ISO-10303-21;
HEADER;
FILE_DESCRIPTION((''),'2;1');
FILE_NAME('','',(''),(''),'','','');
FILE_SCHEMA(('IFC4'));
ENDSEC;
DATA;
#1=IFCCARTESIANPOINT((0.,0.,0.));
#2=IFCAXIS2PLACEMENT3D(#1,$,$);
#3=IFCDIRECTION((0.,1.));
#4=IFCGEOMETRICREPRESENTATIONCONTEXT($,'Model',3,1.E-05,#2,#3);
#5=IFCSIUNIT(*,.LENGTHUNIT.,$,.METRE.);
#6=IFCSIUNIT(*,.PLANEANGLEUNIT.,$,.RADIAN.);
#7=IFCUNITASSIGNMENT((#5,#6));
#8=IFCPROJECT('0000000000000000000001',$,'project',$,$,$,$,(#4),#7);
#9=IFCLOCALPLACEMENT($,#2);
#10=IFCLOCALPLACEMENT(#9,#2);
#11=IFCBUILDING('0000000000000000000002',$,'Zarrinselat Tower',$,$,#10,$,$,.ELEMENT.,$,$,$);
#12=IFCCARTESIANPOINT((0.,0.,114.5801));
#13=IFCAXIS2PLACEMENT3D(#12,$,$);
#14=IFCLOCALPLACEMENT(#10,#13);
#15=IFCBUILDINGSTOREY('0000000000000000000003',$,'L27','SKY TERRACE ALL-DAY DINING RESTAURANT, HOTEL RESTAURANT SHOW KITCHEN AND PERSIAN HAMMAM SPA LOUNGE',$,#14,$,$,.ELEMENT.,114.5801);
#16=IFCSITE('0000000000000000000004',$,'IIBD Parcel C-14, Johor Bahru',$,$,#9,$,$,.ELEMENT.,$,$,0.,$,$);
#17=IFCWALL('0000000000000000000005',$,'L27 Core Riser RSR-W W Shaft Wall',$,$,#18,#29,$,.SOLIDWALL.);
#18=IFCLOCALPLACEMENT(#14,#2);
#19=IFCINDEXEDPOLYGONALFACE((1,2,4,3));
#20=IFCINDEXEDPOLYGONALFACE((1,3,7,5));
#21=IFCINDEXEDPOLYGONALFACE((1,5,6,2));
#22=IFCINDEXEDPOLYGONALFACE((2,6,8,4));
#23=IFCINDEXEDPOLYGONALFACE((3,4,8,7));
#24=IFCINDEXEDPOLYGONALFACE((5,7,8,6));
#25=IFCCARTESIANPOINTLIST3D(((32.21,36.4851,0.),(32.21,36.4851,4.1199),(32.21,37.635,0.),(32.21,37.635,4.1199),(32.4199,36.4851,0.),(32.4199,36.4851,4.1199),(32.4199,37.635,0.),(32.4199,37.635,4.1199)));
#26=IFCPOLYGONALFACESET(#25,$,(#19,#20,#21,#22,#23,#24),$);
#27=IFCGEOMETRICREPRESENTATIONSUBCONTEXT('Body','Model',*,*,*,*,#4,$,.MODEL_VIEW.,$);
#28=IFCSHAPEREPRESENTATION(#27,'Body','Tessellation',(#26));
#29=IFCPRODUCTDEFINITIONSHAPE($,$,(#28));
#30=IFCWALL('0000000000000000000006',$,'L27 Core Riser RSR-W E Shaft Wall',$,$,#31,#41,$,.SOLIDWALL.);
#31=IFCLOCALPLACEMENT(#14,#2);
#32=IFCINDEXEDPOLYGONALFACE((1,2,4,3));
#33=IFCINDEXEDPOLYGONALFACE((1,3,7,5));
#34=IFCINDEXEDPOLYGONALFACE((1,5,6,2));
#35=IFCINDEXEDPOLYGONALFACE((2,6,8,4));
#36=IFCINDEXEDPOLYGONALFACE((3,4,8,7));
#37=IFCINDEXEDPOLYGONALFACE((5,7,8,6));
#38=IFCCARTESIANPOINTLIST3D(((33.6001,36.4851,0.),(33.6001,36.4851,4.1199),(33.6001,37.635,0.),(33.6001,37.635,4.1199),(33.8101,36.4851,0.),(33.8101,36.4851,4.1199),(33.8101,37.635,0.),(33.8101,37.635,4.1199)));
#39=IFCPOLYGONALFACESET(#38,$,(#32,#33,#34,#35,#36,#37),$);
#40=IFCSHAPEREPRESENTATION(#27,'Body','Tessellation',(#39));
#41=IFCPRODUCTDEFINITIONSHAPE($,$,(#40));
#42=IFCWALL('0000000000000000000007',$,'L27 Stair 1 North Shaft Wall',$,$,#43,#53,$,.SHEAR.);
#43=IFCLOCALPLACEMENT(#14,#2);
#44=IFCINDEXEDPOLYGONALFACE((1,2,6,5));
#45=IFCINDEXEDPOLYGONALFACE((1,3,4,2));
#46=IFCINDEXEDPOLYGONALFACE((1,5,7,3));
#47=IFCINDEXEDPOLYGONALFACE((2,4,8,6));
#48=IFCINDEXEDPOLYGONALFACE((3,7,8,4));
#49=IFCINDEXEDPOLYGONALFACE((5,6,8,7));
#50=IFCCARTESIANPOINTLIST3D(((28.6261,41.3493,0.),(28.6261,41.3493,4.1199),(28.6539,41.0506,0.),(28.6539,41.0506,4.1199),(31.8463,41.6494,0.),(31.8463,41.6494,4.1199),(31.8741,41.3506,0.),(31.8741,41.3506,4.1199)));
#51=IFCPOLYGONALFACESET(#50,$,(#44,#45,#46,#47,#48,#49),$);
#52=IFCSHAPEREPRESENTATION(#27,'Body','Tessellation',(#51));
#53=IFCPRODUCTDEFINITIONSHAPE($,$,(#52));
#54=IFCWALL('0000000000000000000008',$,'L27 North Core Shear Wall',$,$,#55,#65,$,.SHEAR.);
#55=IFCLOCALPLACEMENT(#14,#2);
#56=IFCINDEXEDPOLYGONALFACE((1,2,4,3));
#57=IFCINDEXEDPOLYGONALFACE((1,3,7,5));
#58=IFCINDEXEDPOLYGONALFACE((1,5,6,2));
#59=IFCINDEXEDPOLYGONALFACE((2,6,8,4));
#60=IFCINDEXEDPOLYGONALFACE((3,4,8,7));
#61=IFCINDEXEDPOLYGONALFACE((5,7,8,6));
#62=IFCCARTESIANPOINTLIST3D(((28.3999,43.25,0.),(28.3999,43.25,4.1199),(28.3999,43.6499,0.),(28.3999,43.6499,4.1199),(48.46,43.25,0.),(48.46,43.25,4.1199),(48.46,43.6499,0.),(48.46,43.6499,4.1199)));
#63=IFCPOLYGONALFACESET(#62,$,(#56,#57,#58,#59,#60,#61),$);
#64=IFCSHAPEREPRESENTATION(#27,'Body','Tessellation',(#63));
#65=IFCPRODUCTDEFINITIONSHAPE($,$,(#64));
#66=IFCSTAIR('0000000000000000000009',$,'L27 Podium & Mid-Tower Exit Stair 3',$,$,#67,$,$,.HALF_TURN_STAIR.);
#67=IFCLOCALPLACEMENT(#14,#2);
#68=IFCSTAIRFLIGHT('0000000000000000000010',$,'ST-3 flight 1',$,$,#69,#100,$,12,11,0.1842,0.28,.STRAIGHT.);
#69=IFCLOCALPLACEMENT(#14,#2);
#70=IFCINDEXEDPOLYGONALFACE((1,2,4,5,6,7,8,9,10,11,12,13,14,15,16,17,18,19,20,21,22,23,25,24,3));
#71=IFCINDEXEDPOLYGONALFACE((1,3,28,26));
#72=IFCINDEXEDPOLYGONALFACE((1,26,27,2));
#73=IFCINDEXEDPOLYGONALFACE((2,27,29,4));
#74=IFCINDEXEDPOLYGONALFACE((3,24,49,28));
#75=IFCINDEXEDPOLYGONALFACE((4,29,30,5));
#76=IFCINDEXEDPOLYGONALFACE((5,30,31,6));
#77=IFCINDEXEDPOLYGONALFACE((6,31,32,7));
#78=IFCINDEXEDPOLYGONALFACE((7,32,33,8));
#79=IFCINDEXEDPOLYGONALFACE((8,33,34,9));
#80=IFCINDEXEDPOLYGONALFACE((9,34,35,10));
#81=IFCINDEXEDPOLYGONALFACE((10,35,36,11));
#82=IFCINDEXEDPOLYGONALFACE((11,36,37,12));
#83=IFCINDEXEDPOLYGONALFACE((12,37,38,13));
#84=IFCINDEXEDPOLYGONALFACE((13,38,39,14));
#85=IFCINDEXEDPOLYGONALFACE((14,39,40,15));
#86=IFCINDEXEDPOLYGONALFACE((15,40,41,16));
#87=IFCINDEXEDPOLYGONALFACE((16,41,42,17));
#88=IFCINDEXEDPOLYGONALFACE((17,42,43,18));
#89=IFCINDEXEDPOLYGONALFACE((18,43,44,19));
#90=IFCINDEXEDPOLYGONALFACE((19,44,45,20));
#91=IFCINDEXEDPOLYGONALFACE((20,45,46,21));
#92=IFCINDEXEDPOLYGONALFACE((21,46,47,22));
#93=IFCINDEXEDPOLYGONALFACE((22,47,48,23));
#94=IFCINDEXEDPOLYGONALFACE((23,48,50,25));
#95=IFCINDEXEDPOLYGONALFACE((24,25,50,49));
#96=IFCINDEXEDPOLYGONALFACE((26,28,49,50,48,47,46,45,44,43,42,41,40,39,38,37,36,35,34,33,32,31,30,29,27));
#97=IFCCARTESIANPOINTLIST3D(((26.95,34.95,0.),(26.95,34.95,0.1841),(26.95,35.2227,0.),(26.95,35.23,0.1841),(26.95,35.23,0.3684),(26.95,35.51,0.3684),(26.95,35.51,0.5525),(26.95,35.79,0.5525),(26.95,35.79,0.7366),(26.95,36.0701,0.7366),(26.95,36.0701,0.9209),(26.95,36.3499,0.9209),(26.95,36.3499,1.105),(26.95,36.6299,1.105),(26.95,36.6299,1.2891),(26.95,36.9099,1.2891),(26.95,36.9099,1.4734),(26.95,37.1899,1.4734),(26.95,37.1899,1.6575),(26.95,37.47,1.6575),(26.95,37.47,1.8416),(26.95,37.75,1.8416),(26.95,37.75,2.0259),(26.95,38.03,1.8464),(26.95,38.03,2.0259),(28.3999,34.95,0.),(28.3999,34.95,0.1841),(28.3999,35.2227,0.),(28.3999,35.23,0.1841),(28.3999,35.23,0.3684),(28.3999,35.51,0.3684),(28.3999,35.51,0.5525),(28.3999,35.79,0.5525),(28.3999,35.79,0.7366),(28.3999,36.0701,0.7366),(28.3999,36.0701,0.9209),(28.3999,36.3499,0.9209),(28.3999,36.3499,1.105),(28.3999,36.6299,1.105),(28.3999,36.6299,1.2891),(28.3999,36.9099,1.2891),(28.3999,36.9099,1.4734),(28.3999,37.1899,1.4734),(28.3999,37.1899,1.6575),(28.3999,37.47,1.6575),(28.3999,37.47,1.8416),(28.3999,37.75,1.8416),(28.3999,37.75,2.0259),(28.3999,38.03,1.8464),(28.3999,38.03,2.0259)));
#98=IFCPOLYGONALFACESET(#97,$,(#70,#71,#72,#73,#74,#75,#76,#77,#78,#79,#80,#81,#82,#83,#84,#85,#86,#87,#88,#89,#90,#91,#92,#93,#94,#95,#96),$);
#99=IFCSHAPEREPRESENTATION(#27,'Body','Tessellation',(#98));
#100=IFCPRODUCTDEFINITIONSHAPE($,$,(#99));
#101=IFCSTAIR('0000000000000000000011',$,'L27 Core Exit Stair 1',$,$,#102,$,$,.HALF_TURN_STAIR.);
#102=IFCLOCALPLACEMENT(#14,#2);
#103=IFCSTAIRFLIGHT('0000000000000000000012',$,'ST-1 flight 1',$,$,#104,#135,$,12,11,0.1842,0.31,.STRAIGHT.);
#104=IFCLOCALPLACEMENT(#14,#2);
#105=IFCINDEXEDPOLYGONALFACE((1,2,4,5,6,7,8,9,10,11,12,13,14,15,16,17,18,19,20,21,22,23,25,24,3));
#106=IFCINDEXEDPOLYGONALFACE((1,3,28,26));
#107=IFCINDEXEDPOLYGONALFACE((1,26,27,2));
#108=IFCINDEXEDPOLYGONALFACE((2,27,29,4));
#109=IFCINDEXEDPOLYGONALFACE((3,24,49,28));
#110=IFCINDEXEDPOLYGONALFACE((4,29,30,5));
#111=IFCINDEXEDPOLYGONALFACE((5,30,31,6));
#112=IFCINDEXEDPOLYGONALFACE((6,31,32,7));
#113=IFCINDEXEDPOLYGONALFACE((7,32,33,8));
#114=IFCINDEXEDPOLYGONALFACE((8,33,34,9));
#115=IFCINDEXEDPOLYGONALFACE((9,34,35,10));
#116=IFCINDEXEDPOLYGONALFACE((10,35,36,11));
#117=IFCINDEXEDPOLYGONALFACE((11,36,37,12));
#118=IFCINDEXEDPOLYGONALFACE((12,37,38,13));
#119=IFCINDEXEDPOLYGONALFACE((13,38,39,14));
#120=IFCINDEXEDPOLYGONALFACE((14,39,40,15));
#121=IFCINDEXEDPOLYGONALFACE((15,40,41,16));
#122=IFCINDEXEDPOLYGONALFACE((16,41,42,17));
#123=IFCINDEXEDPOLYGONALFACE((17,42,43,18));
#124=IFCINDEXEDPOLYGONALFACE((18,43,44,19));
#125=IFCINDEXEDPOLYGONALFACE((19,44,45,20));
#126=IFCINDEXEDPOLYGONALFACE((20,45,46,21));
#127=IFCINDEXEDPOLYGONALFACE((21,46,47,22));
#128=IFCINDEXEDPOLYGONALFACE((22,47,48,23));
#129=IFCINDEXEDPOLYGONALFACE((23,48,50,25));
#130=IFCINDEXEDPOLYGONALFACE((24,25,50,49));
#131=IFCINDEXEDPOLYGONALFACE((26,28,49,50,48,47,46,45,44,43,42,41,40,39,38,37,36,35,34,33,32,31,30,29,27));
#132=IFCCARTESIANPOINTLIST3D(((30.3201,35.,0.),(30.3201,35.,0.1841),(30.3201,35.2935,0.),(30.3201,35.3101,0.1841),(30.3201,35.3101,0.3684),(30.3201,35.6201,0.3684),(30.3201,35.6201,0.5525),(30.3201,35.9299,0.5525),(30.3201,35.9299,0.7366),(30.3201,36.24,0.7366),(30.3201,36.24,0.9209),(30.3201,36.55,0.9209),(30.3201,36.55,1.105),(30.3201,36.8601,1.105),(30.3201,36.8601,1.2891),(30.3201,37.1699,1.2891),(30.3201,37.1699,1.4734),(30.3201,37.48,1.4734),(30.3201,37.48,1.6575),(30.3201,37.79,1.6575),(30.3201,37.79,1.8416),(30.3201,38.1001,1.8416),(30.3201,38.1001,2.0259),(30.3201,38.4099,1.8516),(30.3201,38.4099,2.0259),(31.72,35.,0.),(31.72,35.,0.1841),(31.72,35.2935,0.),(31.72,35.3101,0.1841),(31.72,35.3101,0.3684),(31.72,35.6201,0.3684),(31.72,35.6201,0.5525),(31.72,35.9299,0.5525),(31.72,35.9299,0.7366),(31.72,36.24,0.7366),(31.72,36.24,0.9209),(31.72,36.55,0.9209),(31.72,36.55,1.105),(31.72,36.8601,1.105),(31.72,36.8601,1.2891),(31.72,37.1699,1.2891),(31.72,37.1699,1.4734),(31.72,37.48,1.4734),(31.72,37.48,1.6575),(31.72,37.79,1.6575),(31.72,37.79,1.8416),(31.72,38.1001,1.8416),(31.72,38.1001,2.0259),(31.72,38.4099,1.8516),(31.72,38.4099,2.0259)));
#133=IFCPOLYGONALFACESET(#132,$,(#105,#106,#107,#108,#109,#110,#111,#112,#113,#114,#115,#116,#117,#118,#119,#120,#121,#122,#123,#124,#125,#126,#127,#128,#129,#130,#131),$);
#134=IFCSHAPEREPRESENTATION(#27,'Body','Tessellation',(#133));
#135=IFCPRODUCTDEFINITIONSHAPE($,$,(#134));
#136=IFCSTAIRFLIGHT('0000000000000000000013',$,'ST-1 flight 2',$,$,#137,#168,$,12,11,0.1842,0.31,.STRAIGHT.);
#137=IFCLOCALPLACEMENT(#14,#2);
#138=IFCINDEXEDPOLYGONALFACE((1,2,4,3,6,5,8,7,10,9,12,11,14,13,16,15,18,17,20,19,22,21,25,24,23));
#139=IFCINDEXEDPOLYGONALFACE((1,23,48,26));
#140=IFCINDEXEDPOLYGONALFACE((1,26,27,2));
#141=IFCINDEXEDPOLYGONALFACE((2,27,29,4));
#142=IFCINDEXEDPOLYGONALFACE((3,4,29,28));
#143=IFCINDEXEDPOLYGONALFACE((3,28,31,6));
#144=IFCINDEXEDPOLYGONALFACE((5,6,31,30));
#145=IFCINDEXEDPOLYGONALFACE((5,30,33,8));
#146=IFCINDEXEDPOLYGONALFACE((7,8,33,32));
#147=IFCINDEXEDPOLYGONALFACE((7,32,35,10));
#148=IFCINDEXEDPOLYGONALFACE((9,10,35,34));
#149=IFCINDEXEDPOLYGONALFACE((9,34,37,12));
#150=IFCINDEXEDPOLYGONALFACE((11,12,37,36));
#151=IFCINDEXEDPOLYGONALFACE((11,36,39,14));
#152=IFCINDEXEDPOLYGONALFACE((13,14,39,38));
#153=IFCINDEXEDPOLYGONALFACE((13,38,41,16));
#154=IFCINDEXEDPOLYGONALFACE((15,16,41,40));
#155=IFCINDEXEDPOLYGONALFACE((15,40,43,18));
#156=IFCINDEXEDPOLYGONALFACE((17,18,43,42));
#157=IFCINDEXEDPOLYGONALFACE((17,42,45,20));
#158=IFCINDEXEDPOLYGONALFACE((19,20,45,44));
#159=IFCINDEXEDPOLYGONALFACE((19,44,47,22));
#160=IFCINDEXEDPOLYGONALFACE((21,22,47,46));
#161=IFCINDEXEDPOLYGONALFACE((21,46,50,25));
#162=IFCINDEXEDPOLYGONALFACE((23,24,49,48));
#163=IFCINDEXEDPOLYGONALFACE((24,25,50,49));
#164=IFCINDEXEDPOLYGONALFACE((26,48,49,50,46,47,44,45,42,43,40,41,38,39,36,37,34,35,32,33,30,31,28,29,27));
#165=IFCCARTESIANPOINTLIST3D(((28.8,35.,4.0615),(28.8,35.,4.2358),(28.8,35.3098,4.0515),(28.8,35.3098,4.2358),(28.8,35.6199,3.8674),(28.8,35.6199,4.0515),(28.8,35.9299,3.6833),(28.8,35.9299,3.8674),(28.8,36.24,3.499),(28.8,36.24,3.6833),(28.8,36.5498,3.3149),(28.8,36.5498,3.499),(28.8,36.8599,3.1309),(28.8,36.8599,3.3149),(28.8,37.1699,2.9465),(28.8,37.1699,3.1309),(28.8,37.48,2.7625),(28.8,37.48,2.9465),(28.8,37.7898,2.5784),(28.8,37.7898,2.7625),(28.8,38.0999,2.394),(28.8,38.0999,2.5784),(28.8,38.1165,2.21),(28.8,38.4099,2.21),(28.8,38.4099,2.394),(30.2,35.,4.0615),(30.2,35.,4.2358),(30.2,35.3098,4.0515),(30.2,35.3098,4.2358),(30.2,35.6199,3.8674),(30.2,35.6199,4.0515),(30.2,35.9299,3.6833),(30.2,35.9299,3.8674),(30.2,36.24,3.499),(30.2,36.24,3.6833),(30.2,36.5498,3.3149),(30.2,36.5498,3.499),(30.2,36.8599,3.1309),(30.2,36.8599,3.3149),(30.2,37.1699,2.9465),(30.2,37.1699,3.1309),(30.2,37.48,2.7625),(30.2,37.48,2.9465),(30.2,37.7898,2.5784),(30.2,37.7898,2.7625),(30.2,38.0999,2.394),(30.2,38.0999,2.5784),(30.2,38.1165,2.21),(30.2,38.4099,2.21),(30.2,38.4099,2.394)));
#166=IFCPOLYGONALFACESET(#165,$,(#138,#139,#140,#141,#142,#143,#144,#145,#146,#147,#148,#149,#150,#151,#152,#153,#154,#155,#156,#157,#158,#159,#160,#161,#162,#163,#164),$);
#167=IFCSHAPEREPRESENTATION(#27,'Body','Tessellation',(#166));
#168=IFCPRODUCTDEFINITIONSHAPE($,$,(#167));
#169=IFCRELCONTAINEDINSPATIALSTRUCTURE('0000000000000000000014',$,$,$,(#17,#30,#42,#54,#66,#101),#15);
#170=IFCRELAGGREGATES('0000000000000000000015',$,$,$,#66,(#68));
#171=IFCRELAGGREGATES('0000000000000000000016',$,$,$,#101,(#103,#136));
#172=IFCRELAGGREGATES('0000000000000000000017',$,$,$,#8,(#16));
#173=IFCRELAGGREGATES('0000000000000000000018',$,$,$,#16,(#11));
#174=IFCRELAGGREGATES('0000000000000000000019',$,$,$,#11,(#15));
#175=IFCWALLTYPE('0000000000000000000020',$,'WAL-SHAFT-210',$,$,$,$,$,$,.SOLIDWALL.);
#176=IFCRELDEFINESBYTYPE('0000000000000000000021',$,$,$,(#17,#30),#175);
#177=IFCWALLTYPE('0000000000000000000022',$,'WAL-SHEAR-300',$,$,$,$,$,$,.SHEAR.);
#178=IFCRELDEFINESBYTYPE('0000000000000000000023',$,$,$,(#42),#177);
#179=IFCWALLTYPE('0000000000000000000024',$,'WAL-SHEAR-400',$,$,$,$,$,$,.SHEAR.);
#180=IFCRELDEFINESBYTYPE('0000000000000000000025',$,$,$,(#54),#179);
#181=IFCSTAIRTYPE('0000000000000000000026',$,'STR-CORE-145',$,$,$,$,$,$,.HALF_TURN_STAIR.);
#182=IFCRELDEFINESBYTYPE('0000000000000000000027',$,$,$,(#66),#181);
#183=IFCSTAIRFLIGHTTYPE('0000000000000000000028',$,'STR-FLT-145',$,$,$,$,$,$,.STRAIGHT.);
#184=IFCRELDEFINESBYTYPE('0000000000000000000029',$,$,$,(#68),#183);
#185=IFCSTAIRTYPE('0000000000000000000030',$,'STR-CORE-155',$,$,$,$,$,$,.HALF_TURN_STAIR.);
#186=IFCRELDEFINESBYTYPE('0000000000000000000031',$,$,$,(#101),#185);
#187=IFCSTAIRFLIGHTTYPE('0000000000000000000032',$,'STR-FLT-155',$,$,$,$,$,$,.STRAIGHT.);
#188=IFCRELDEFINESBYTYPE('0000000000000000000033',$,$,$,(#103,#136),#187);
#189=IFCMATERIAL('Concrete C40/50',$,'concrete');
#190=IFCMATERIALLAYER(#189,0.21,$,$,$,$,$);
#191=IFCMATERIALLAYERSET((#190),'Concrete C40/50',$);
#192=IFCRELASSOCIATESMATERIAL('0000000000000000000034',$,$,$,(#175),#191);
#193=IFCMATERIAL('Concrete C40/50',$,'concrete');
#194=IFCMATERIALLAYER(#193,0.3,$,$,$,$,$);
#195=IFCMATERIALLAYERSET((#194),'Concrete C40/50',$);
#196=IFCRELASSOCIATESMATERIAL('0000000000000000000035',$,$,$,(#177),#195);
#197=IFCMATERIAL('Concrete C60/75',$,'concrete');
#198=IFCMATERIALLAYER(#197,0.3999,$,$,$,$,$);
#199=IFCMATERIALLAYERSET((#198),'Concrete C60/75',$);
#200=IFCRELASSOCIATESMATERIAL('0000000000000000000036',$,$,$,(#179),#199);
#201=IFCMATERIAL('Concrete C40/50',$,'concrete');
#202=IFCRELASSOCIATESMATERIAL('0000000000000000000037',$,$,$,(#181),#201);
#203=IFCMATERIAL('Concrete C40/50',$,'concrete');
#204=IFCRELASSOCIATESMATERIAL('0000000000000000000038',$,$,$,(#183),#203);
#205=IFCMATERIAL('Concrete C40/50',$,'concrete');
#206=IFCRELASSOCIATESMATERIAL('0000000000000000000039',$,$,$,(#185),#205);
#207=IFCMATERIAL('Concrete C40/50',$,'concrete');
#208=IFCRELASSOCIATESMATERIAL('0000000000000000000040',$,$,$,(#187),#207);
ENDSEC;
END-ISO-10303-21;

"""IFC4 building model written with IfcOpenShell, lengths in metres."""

from ifc_helpers import new_model, si_unit, direction, frame, frame_2d, origin, place, context, subcontext, project, spatial, polyline, rectangle, outline, extrude, material, layer, layer_set, type_object, element, aggregate, save


model = new_model("IFC4")

# Units and contexts
model_context = context("Model", 3, precision=1e-05, world=origin(), true_north=direction((0.0, 1.0)))
body_context = subcontext(model_context, "Body", "Model", "MODEL_VIEW")
ifc_project = project(units=[si_unit("LENGTHUNIT", "METRE"), si_unit("PLANEANGLEUNIT", "RADIAN")], contexts=[model_context])

# Site, building, storey
site_placement = place(None, origin())
site = spatial("IfcSite", under=ifc_project, at=site_placement, Name="IIBD Parcel C-14, Johor Bahru", CompositionType="ELEMENT", RefElevation=0.0)
building_placement = place(site_placement, origin())
building = spatial("IfcBuilding", under=site, at=building_placement, Name="Zarrinselat Tower", CompositionType="ELEMENT")
storey_placement = place(building_placement, frame((0.0, 0.0, 114.5801)))
storey = spatial("IfcBuildingStorey", under=building, at=storey_placement, Name="L27", Description="SKY TERRACE ALL-DAY DINING RESTAURANT, HOTEL RESTAURANT SHOW KITCHEN AND PERSIAN HAMMAM SPA LOUNGE", CompositionType="ELEMENT", Elevation=114.5801)

# Shared definitions
ifc_material_1 = material(Name="Concrete C40/50", Category="concrete")
ifc_layer_1 = layer(ifc_material_1, 0.21)
ifc_layer_set_1 = layer_set([ifc_layer_1], Name="Concrete C40/50")
wall_type_1 = type_object("IfcWallType", Name="WAL-SHAFT-210", PredefinedType="SOLIDWALL", material=ifc_layer_set_1)

# Walls
for number, where, z_axis, x_axis, name in (
    (1, (32.3149, 36.4851, 0.0), (0.0, 0.0, 1.0), (0.0, 1.0, 0.0), "L27 Core Riser RSR-W W Shaft Wall"),
    (2, (33.7051, 36.4851, 0.0), (0.0, 0.0, 1.0), (0.0, 1.0, 0.0), "L27 Core Riser RSR-W E Shaft Wall"),
):
    element("IfcWall", number, at=place(storey_placement, frame(where, z_axis=z_axis, x_axis=x_axis)), inside=storey, type_object=wall_type_1, Name=name, PredefinedType="SOLIDWALL", context=body_context, shape_type="SweptSolid", body=[
        extrude(rectangle(XDim=1.1499, YDim=0.21, at=frame_2d((0.575, 0.0))), origin(), (0.0, 0.0, 1.0), 4.1199),
    ])
ifc_material_2 = material(Name="Concrete C40/50", Category="concrete")
ifc_layer_2 = layer(ifc_material_2, 0.3)
ifc_layer_set_2 = layer_set([ifc_layer_2], Name="Concrete C40/50")
wall_type_2 = type_object("IfcWallType", Name="WAL-SHEAR-300", PredefinedType="SHEAR", material=ifc_layer_set_2)
wall_1_placement = place(storey_placement, frame((28.6399, 41.2, 0.0), z_axis=(0.0, 0.0, 1.0), x_axis=(0.995687, 0.092775, 0.0)))
element("IfcWall", 3, at=wall_1_placement, inside=storey, type_object=wall_type_2, Name="L27 Stair 1 North Shaft Wall", PredefinedType="SHEAR", context=body_context, shape_type="SweptSolid", body=[
    extrude(rectangle(XDim=3.2341, YDim=0.3, at=frame_2d((1.6172, 0.0))), origin(), (0.0, 0.0, 1.0), 4.1199),
])
ifc_material_3 = material(Name="Concrete C60/75", Category="concrete")
ifc_layer_3 = layer(ifc_material_3, 0.3999)
ifc_layer_set_3 = layer_set([ifc_layer_3], Name="Concrete C60/75")
wall_type_3 = type_object("IfcWallType", Name="WAL-SHEAR-400", PredefinedType="SHEAR", material=ifc_layer_set_3)
wall_2_placement = place(storey_placement, frame((28.3999, 43.45, 0.0), z_axis=(0.0, 0.0, 1.0), x_axis=(1.0, 0.0, 0.0)))
element("IfcWall", 4, at=wall_2_placement, inside=storey, type_object=wall_type_3, Name="L27 North Core Shear Wall", PredefinedType="SHEAR", context=body_context, shape_type="SweptSolid", body=[
    extrude(rectangle(XDim=20.0601, YDim=0.3999, at=frame_2d((10.03, 0.0))), origin(), (0.0, 0.0, 1.0), 4.1199),
])

# Stair, stair flight
ifc_material_4 = material(Name="Concrete C40/50", Category="concrete")
stair_type_1 = type_object("IfcStairType", Name="STR-CORE-145", PredefinedType="HALF_TURN_STAIR", material=ifc_material_4)
stair_1_placement = place(storey_placement, origin())
stair_1 = element("IfcStair", 5, at=stair_1_placement, inside=storey, type_object=stair_type_1, Name="L27 Podium & Mid-Tower Exit Stair 3", PredefinedType="HALF_TURN_STAIR")
ifc_material_5 = material(Name="Concrete C40/50", Category="concrete")
stair_flight_type_1 = type_object("IfcStairFlightType", Name="STR-FLT-145", PredefinedType="STRAIGHT", material=ifc_material_5)
stair_flight_1_placement = place(storey_placement, frame((27.675, 34.95, 0.0), z_axis=(0.0, 0.0, 1.0), x_axis=(0.0, 1.0, 0.0)))
stair_flight_1 = element("IfcStairFlight", 6, at=stair_flight_1_placement, type_object=stair_flight_type_1, Name="ST-3 flight 1", NumberOfRisers=12, NumberOfTreads=11, PredefinedType="STRAIGHT", RiserHeight=0.1842, TreadLength=0.28, context=body_context, shape_type="SweptSolid", body=[
    extrude(outline(polyline([(0.0, 0.0), (0.0, 0.1841), (0.28, 0.1841), (0.28, 0.3684), (0.5601, 0.3684), (0.5601, 0.5525), (0.8401, 0.5525), (0.8401, 0.7366), (1.1201, 0.7366), (1.1201, 0.9209), (1.3999, 0.9209), (1.3999, 1.105), (1.6799, 1.105), (1.6799, 1.2891), (1.96, 1.2891), (1.96, 1.4734), (2.24, 1.4734), (2.24, 1.6575), (2.52, 1.6575), (2.52, 1.8416), (2.8, 1.8416), (2.8, 2.0259), (3.0801, 2.0259), (3.0801, 2.21), (3.0801, 1.8464), (0.2727, 0.0), (0.0, 0.0)])), frame((0.0, 0.7251, 0.0), z_axis=(0.0, -1.0, 0.0), x_axis=(1.0, 0.0, 0.0)), (0.0, 0.0, 1.0), 1.45),
])
aggregate(stair_1, [stair_flight_1])

# Stair, stair flights
ifc_material_6 = material(Name="Concrete C40/50", Category="concrete")
stair_type_2 = type_object("IfcStairType", Name="STR-CORE-155", PredefinedType="HALF_TURN_STAIR", material=ifc_material_6)
stair_2_placement = place(storey_placement, origin())
stair_2 = element("IfcStair", 7, at=stair_2_placement, inside=storey, type_object=stair_type_2, Name="L27 Core Exit Stair 1", PredefinedType="HALF_TURN_STAIR")
ifc_material_7 = material(Name="Concrete C40/50", Category="concrete")
stair_flight_type_2 = type_object("IfcStairFlightType", Name="STR-FLT-155", PredefinedType="STRAIGHT", material=ifc_material_7)
stair_flight_2_placement = place(storey_placement, frame((31.02, 35.0, 0.0), z_axis=(0.0, 0.0, 1.0), x_axis=(0.0, 1.0, 0.0)))
stair_flight_2 = element("IfcStairFlight", 8, at=stair_flight_2_placement, type_object=stair_flight_type_2, Name="ST-1 flight 1", NumberOfRisers=12, NumberOfTreads=11, PredefinedType="STRAIGHT", RiserHeight=0.1842, TreadLength=0.31, context=body_context, shape_type="SweptSolid", body=[
    extrude(outline(polyline([(0.0, 0.0), (0.0, 0.1841), (0.3101, 0.1841), (0.3101, 0.3684), (0.6201, 0.3684), (0.6201, 0.5525), (0.9299, 0.5525), (0.9299, 0.7366), (1.24, 0.7366), (1.24, 0.9209), (1.55, 0.9209), (1.55, 1.105), (1.8601, 1.105), (1.8601, 1.2891), (2.1699, 1.2891), (2.1699, 1.4734), (2.48, 1.4734), (2.48, 1.6575), (2.79, 1.6575), (2.79, 1.8416), (3.1001, 1.8416), (3.1001, 2.0259), (3.4099, 2.0259), (3.4099, 2.21), (3.4099, 1.8516), (0.2935, 0.0), (0.0, 0.0)])), frame((0.0, 0.7, 0.0), z_axis=(0.0, -1.0, 0.0), x_axis=(1.0, 0.0, 0.0)), (0.0, 0.0, 1.0), 1.3999),
])
stair_flight_3_placement = place(storey_placement, frame((29.5, 38.4099, 2.21), z_axis=(0.0, 0.0, 1.0), x_axis=(0.0, -1.0, 0.0)))
stair_flight_3 = element("IfcStairFlight", 9, at=stair_flight_3_placement, type_object=stair_flight_type_2, Name="ST-1 flight 2", NumberOfRisers=12, NumberOfTreads=11, PredefinedType="STRAIGHT", RiserHeight=0.1842, TreadLength=0.31, context=body_context, shape_type="SweptSolid", body=[
    extrude(outline(polyline([(0.0, 0.0), (0.0, 0.1841), (0.3101, 0.1841), (0.3101, 0.3684), (0.6201, 0.3684), (0.6201, 0.5525), (0.9299, 0.5525), (0.9299, 0.7366), (1.24, 0.7366), (1.24, 0.9209), (1.55, 0.9209), (1.55, 1.105), (1.8601, 1.105), (1.8601, 1.2891), (2.1699, 1.2891), (2.1699, 1.4734), (2.48, 1.4734), (2.48, 1.6575), (2.79, 1.6575), (2.79, 1.8416), (3.1001, 1.8416), (3.1001, 2.0259), (3.4099, 2.0259), (3.4099, 2.21), (3.4099, 1.8516), (0.2935, 0.0), (0.0, 0.0)])), frame((0.0, 0.7, 0.0), z_axis=(0.0, -1.0, 0.0), x_axis=(1.0, 0.0, 0.0)), (0.0, 0.0, 1.0), 1.3999),
])
aggregate(stair_2, [stair_flight_2, stair_flight_3])

save(model, "model.ifc")
